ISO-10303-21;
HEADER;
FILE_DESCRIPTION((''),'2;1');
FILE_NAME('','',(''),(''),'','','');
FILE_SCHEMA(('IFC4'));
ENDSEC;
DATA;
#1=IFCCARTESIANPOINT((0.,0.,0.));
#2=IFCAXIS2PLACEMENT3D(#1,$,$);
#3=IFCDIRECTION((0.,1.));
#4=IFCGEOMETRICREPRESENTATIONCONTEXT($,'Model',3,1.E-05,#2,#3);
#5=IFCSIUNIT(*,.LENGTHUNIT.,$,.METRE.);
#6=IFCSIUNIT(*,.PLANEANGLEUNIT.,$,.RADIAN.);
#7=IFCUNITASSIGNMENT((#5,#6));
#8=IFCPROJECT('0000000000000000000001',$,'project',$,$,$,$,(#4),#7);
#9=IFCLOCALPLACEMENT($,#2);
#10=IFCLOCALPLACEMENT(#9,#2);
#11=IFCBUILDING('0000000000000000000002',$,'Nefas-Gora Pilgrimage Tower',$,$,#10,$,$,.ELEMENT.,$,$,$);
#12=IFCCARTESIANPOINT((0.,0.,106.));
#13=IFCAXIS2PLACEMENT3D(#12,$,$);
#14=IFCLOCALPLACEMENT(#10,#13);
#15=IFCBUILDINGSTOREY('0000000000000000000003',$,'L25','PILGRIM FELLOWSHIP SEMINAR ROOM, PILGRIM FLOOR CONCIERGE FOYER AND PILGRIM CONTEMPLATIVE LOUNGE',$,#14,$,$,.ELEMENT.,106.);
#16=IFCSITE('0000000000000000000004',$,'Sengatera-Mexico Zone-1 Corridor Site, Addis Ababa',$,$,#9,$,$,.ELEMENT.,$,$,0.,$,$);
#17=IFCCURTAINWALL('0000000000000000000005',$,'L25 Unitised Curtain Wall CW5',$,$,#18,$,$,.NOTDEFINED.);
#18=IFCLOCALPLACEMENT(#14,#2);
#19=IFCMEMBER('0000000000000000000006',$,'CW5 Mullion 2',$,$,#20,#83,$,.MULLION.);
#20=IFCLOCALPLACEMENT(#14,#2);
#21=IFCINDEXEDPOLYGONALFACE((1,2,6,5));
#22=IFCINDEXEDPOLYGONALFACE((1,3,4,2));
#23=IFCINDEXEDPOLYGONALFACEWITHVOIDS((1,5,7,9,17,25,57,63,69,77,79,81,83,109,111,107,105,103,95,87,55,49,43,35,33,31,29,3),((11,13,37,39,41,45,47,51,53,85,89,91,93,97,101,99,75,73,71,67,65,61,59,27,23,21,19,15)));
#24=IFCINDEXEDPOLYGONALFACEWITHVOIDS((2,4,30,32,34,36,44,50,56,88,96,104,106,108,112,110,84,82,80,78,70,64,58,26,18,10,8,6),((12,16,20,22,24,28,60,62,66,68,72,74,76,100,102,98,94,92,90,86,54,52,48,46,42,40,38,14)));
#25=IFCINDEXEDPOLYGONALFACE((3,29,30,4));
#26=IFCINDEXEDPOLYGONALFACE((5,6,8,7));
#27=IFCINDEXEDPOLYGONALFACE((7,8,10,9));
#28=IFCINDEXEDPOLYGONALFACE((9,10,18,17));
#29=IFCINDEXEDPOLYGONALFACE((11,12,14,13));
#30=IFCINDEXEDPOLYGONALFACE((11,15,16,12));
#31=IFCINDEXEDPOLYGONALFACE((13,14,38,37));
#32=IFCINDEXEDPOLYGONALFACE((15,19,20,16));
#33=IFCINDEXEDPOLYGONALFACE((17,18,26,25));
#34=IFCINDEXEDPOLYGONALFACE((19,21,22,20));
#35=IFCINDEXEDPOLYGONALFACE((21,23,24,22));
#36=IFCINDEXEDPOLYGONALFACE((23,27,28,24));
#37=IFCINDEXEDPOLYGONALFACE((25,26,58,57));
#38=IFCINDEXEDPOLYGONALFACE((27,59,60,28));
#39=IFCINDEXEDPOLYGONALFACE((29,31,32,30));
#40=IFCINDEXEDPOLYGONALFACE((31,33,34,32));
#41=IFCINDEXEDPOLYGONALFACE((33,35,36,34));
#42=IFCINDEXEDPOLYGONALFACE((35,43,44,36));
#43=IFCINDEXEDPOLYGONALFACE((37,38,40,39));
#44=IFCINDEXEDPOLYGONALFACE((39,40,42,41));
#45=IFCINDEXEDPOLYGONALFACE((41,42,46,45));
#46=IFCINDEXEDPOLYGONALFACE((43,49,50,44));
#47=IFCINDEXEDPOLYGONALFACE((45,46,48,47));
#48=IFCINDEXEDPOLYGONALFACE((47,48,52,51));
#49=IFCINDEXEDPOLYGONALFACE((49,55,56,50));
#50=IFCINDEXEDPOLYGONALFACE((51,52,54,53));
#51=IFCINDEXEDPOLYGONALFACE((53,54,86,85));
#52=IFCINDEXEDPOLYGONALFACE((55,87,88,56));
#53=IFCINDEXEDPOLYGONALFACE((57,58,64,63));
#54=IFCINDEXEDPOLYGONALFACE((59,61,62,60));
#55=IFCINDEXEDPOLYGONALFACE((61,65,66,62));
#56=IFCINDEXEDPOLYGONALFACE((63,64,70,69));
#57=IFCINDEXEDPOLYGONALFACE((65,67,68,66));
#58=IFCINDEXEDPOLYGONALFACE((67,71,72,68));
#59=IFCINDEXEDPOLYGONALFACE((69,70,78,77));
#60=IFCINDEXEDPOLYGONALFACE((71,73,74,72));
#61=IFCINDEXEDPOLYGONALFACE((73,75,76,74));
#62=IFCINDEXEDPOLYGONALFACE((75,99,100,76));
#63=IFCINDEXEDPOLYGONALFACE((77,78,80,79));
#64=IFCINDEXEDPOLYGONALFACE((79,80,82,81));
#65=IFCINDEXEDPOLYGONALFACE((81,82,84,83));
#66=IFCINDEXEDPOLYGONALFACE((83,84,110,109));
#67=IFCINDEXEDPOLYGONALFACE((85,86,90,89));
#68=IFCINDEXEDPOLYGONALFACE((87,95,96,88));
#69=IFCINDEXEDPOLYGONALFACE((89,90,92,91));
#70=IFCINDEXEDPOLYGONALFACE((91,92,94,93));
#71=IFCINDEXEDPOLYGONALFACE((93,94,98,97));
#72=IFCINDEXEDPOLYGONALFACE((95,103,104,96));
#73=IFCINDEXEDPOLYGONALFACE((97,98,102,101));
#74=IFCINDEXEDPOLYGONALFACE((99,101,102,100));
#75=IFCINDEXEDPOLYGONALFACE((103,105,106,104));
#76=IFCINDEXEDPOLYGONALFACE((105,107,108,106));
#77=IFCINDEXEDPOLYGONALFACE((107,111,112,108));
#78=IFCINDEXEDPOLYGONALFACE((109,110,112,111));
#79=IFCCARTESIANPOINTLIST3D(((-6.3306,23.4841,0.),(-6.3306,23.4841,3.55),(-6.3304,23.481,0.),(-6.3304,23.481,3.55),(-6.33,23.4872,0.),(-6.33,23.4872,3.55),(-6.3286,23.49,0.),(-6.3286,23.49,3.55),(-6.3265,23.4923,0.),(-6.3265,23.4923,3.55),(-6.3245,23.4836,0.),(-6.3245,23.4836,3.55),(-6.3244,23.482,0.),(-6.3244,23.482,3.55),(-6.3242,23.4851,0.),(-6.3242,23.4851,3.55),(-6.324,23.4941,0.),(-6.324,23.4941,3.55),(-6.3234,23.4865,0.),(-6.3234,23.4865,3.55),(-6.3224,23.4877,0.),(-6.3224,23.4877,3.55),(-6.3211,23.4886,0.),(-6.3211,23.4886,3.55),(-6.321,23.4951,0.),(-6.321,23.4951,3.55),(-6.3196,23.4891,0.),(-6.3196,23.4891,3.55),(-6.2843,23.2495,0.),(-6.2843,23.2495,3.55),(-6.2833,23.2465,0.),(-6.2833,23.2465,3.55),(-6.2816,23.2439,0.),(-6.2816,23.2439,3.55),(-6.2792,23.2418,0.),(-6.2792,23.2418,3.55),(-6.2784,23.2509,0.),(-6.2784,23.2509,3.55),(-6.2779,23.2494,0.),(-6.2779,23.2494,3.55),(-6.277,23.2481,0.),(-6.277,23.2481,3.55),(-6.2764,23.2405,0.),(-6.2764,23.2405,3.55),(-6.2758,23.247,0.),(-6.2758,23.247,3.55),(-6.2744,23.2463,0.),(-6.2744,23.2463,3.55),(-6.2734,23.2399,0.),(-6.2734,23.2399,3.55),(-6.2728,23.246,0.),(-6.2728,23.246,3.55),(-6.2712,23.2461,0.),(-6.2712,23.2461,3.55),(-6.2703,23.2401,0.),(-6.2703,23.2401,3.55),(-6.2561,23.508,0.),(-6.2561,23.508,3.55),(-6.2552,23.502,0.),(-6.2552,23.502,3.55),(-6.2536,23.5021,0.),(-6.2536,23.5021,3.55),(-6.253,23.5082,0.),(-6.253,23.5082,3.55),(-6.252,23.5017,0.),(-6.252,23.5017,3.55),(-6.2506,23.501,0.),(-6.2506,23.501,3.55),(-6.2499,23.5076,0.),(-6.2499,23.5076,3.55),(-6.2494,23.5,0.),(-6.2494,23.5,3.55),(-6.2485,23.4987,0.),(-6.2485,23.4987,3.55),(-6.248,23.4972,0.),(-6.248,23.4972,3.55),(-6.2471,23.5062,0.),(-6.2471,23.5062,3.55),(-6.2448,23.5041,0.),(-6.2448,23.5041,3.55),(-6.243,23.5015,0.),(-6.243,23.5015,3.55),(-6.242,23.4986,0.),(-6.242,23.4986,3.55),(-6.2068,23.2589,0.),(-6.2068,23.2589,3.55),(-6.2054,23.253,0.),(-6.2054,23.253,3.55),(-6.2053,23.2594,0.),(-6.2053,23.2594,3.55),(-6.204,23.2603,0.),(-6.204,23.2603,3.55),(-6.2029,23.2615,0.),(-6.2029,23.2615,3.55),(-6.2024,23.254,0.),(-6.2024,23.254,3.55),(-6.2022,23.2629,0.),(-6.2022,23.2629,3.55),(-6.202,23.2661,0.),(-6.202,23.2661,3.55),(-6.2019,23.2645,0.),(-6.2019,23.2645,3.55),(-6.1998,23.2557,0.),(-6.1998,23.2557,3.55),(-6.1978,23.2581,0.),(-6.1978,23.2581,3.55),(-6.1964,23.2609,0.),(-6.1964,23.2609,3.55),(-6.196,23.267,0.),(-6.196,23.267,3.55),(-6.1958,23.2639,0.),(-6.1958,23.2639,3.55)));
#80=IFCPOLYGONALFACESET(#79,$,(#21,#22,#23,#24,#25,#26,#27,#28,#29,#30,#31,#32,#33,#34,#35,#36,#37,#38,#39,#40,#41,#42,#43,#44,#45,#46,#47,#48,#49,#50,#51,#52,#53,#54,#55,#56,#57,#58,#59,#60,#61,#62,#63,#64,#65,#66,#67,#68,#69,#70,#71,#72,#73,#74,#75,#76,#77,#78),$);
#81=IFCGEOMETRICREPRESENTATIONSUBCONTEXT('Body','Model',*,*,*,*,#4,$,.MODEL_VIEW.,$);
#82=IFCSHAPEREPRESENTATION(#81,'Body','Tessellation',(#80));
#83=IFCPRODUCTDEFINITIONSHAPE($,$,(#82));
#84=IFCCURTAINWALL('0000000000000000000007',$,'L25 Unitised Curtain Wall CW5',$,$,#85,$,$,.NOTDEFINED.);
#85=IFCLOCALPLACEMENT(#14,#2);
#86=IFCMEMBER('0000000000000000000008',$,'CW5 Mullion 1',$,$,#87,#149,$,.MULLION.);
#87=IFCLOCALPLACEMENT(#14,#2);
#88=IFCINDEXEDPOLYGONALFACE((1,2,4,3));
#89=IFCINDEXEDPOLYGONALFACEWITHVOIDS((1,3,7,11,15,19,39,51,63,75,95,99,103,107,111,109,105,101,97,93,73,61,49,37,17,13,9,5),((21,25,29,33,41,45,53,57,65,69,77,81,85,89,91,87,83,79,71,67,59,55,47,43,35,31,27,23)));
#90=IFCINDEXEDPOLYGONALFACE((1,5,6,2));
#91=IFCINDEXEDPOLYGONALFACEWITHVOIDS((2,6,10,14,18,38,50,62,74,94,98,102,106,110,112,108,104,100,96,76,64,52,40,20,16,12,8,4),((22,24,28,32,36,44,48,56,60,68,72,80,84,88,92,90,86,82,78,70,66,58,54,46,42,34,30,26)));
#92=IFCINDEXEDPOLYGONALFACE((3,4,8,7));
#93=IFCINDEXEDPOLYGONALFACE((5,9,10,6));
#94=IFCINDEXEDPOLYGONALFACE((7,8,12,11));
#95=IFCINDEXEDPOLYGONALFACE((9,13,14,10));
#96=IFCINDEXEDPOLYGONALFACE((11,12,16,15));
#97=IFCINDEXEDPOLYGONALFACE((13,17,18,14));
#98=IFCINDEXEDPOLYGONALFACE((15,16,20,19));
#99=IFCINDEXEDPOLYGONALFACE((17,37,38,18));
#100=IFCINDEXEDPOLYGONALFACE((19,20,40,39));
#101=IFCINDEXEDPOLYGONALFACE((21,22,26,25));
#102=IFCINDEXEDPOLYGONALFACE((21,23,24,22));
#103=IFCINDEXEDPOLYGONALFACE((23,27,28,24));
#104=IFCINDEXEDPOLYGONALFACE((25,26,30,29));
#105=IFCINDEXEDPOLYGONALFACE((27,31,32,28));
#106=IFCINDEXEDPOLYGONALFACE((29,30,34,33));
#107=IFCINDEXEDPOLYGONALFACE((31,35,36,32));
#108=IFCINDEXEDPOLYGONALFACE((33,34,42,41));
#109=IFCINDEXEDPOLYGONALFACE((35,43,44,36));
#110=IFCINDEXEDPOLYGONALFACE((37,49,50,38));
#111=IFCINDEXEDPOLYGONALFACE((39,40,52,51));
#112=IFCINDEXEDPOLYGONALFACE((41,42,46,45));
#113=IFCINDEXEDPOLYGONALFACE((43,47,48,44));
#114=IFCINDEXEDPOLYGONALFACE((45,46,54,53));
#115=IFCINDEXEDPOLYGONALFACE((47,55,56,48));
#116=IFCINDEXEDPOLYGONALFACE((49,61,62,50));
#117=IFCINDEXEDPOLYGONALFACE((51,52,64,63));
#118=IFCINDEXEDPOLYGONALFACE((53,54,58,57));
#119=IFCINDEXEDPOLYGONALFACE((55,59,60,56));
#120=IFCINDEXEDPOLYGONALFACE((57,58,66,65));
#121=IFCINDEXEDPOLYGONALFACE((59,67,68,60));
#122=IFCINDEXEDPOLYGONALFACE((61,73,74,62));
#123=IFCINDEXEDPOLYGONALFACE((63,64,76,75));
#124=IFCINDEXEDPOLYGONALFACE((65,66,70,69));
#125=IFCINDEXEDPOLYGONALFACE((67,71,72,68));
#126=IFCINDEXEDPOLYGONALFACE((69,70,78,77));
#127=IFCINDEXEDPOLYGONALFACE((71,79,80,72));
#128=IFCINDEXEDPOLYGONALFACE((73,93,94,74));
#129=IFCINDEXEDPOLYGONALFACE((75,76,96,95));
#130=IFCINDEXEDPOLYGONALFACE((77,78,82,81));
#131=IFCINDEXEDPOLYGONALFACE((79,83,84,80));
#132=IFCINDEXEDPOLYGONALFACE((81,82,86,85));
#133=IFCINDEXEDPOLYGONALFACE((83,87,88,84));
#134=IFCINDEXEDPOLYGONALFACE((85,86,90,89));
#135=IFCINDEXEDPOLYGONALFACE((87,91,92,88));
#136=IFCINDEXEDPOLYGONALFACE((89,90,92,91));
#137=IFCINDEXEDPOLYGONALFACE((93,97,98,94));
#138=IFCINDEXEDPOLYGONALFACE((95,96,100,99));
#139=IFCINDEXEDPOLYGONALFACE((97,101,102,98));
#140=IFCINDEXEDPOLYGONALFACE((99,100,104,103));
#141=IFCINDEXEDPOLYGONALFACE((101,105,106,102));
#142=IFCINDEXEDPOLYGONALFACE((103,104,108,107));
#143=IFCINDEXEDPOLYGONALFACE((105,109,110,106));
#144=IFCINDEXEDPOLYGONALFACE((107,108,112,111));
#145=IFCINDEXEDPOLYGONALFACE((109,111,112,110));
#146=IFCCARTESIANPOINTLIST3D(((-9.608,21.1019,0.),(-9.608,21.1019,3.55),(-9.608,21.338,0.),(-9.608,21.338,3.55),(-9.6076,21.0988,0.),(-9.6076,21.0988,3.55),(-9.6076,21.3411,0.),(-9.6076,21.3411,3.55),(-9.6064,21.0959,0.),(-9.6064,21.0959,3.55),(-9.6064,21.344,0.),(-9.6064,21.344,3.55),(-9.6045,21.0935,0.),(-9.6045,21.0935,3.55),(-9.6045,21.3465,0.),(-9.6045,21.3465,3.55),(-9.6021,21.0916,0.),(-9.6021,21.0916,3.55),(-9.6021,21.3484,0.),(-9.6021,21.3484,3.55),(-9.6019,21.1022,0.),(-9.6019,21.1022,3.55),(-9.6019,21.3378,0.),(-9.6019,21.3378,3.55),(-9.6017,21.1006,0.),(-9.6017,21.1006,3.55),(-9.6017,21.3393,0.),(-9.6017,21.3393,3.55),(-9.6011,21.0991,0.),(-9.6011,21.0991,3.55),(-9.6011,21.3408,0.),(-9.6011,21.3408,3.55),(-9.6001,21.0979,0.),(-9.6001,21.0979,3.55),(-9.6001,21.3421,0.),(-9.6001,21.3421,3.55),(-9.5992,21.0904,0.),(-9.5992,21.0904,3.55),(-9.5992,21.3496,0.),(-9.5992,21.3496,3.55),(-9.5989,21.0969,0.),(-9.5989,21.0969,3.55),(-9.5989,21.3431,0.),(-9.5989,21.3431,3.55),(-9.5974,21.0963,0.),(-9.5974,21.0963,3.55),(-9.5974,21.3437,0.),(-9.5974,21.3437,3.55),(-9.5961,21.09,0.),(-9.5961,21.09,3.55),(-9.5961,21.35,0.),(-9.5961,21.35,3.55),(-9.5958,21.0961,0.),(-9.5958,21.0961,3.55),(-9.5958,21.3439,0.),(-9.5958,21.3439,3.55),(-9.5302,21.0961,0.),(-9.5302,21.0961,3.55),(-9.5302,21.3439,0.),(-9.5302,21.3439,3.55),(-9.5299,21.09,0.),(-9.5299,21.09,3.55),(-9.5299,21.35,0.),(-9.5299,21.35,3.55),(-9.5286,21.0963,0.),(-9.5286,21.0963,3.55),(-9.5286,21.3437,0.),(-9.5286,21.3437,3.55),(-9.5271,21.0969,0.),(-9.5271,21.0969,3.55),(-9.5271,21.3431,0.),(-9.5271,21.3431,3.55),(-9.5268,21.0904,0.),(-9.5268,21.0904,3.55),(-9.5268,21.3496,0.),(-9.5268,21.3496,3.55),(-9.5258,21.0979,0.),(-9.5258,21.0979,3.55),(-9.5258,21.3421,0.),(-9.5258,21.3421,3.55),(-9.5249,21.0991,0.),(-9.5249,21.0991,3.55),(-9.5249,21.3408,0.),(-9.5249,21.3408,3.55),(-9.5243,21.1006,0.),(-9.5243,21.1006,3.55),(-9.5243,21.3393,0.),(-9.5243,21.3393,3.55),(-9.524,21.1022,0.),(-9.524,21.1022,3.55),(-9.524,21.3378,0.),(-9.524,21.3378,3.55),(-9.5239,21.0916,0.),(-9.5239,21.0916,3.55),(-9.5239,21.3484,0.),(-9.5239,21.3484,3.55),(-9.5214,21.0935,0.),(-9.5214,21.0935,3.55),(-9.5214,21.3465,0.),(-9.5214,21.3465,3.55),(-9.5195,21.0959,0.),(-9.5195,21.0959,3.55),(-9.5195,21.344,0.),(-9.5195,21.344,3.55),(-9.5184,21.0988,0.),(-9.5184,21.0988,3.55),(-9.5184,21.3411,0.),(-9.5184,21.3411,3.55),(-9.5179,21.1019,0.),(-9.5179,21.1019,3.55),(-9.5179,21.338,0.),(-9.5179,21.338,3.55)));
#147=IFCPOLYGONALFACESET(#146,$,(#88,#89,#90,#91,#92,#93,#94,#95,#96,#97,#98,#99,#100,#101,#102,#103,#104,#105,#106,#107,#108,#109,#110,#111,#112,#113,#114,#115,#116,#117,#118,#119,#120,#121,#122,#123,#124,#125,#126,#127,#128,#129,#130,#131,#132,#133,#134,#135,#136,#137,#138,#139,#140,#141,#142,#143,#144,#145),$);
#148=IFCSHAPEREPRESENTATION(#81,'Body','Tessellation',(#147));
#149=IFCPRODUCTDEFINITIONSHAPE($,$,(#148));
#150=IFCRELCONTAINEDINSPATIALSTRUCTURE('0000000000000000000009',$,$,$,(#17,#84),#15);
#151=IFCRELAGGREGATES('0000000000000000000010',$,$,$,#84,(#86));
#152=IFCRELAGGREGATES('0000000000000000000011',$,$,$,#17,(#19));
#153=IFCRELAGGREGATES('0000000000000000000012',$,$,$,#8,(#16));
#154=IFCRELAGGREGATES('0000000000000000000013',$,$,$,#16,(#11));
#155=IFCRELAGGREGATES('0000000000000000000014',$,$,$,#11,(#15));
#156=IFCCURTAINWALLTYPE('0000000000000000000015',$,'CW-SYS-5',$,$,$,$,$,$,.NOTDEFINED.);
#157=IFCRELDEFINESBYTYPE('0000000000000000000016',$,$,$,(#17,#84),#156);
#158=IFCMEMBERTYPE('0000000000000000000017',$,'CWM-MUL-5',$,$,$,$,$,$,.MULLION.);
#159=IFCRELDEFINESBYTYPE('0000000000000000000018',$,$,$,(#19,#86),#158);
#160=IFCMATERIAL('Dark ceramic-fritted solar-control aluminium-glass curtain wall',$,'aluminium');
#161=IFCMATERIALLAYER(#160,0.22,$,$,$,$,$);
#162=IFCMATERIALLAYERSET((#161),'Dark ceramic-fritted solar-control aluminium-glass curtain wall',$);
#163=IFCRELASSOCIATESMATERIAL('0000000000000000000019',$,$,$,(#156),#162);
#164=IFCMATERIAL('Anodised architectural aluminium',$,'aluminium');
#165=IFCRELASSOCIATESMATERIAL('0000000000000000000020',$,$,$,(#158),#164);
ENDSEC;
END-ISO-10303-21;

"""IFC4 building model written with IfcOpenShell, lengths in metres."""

from ifc_helpers import new_model, si_unit, direction, frame, origin, origin_2d, place, context, subcontext, project, spatial, hollow_rectangle, extrude, source, transform, mapped, material, layer, layer_set, material_profile, profile_set, type_object, element, aggregate, save


model = new_model("IFC4")

# Units and contexts
model_context = context("Model", 3, precision=1e-05, world=origin(), true_north=direction((0.0, 1.0)))
body_context = subcontext(model_context, "Body", "Model", "MODEL_VIEW")
ifc_project = project(units=[si_unit("LENGTHUNIT", "METRE"), si_unit("PLANEANGLEUNIT", "RADIAN")], contexts=[model_context])

# Site, building, storey
site_placement = place(None, origin())
site = spatial("IfcSite", under=ifc_project, at=site_placement, Name="Sengatera-Mexico Zone-1 Corridor Site, Addis Ababa", CompositionType="ELEMENT", RefElevation=0.0)
building_placement = place(site_placement, origin())
building = spatial("IfcBuilding", under=site, at=building_placement, Name="Nefas-Gora Pilgrimage Tower", CompositionType="ELEMENT")
storey_placement = place(building_placement, frame((0.0, 0.0, 106.0)))
storey = spatial("IfcBuildingStorey", under=building, at=storey_placement, Name="L25", Description="PILGRIM FELLOWSHIP SEMINAR ROOM, PILGRIM FLOOR CONCIERGE FOYER AND PILGRIM CONTEMPLATIVE LOUNGE", CompositionType="ELEMENT", Elevation=106.0)

# Shared definitions
ifc_material_1 = material(Name="Dark ceramic-fritted solar-control aluminium-glass curtain wall", Category="aluminium")
ifc_layer_1 = layer(ifc_material_1, 0.22)
ifc_layer_set_1 = layer_set([ifc_layer_1], Name="Dark ceramic-fritted solar-control aluminium-glass curtain wall")
curtain_wall_type = type_object("IfcCurtainWallType", Name="CW-SYS-5", PredefinedType="NOTDEFINED", material=ifc_layer_set_1)
ifc_material_2 = material(Name="Anodised architectural aluminium", Category="aluminium")
ifc_material_profile_1 = material_profile(ifc_material_2, hollow_rectangle(XDim=0.0901, YDim=0.26, WallThickness=0.0061, InnerFilletRadius=0.0061, OuterFilletRadius=0.012, at=origin_2d()), Name="ALU MULLION 90x260")
ifc_profile_set_1 = profile_set([ifc_material_profile_1], Name="Anodised architectural aluminium")
member_type_1 = type_object("IfcMemberType", Name="CWM-MUL-5", PredefinedType="MULLION", material=ifc_profile_set_1)
shared_shape_1 = source(origin(), body_context, "Body", "SweptSolid", [
    extrude(hollow_rectangle(XDim=0.0901, YDim=0.26, WallThickness=0.0061, InnerFilletRadius=0.0061, OuterFilletRadius=0.012, at=origin_2d()), origin(), (0.0, 0.0, 1.0), 3.55),
])

# Curtain walls, members
curtain_wall_1_placement = place(storey_placement, origin())
curtain_wall_1 = element("IfcCurtainWall", 1, at=curtain_wall_1_placement, inside=storey, type_object=curtain_wall_type, Name="L25 Unitised Curtain Wall CW5", PredefinedType="NOTDEFINED")
member_1_placement = place(storey_placement, frame((-6.2632, 23.374, 0.0), z_axis=(0.0, 0.0, 1.0), x_axis=(-0.980783, -0.195102, 0.0)))
member_1 = element("IfcMember", 2, at=member_1_placement, type_object=member_type_1, Name="CW5 Mullion 2", PredefinedType="MULLION", context=body_context, shape_type="MappedRepresentation", body=[
    mapped(shared_shape_1, transform((0.0, 0.0, 0.0), x_axis=(1.0, 0.0, 0.0), y_axis=(0.0, 1.0, 0.0), z_axis=(0.0, 0.0, 1.0), scale=1.0)),
])
curtain_wall_2_placement = place(storey_placement, origin())
curtain_wall_2 = element("IfcCurtainWall", 3, at=curtain_wall_2_placement, inside=storey, type_object=curtain_wall_type, Name="L25 Unitised Curtain Wall CW5", PredefinedType="NOTDEFINED")
member_2_placement = place(storey_placement, frame((-9.563, 21.22, 0.0), z_axis=(0.0, 0.0, 1.0), x_axis=(-1.0, 0.0, 0.0)))
member_2 = element("IfcMember", 4, at=member_2_placement, type_object=member_type_1, Name="CW5 Mullion 1", PredefinedType="MULLION", context=body_context, shape_type="MappedRepresentation", body=[
    mapped(shared_shape_1, transform((0.0, 0.0, 0.0), x_axis=(1.0, 0.0, 0.0), y_axis=(0.0, 1.0, 0.0), z_axis=(0.0, 0.0, 1.0), scale=1.0)),
])
aggregate(curtain_wall_2, [member_2])

aggregate(curtain_wall_1, [member_1])

save(model, "model.ifc")
